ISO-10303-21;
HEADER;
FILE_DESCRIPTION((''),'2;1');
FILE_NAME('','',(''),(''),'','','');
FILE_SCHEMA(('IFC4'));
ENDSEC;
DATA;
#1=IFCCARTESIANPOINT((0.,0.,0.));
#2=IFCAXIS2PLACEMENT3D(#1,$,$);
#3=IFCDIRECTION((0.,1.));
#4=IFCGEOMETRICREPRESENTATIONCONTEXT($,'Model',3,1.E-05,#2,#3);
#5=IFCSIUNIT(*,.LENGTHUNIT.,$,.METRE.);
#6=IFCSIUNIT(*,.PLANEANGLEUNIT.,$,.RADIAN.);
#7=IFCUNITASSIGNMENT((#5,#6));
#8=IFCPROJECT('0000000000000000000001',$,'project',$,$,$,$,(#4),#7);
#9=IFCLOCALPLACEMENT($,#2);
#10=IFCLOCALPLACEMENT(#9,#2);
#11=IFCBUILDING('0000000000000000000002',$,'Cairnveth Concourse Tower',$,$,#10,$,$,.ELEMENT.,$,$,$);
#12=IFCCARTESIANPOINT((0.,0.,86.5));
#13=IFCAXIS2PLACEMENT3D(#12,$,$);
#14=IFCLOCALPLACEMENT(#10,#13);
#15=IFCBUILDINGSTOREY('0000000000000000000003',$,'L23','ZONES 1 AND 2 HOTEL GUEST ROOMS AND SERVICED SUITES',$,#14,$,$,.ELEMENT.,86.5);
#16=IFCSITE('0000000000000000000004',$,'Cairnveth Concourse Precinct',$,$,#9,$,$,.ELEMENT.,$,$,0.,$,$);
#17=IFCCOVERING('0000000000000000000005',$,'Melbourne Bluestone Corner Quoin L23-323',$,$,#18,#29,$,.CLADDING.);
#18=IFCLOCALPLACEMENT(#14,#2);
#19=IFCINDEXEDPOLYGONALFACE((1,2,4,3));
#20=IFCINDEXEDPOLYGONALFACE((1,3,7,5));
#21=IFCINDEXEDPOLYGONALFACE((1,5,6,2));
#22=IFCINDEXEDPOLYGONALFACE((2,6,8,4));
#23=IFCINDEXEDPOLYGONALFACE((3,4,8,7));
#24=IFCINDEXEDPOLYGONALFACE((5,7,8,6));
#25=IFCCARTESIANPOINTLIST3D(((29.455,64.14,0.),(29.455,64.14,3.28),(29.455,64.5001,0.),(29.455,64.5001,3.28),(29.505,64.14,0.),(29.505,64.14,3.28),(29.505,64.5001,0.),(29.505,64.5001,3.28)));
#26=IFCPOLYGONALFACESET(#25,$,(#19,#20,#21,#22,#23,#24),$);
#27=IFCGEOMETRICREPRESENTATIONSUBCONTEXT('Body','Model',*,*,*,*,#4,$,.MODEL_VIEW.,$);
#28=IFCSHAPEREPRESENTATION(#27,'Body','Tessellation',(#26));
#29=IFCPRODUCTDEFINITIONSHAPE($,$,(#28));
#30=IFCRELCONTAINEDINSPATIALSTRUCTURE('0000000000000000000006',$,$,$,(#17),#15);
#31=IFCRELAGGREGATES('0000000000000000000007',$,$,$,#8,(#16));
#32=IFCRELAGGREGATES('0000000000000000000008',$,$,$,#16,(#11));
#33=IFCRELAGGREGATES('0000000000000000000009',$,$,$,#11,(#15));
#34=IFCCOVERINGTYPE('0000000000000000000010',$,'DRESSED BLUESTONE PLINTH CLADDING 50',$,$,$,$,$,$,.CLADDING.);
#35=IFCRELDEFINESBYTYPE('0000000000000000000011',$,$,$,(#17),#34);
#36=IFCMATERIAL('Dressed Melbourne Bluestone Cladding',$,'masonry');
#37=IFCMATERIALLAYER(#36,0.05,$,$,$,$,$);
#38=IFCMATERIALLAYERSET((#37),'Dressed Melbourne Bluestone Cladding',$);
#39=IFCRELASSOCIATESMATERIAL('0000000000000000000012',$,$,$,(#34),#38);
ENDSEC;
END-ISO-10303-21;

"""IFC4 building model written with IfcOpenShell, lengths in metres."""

from ifc_helpers import new_model, si_unit, direction, frame, frame_2d, origin, place, context, subcontext, project, spatial, rectangle, extrude, material, layer, layer_set, type_object, element, save


model = new_model("IFC4")

# Units and contexts
model_context = context("Model", 3, precision=1e-05, world=origin(), true_north=direction((0.0, 1.0)))
body_context = subcontext(model_context, "Body", "Model", "MODEL_VIEW")
ifc_project = project(units=[si_unit("LENGTHUNIT", "METRE"), si_unit("PLANEANGLEUNIT", "RADIAN")], contexts=[model_context])

# Site, building, storey
site_placement = place(None, origin())
site = spatial("IfcSite", under=ifc_project, at=site_placement, Name="Cairnveth Concourse Precinct", CompositionType="ELEMENT", RefElevation=0.0)
building_placement = place(site_placement, origin())
building = spatial("IfcBuilding", under=site, at=building_placement, Name="Cairnveth Concourse Tower", CompositionType="ELEMENT")
storey_placement = place(building_placement, frame((0.0, 0.0, 86.5)))
storey = spatial("IfcBuildingStorey", under=building, at=storey_placement, Name="L23", Description="ZONES 1 AND 2 HOTEL GUEST ROOMS AND SERVICED SUITES", CompositionType="ELEMENT", Elevation=86.5)

# Covering
ifc_material_1 = material(Name="Dressed Melbourne Bluestone Cladding", Category="masonry")
ifc_layer_1 = layer(ifc_material_1, 0.05)
ifc_layer_set_1 = layer_set([ifc_layer_1], Name="Dressed Melbourne Bluestone Cladding")
covering_type = type_object("IfcCoveringType", Name="DRESSED BLUESTONE PLINTH CLADDING 50", PredefinedType="CLADDING", material=ifc_layer_set_1)
for number, where, z_axis, x_axis, name in (
    (1, (29.48, 64.1399, 0.0), (0.0, 0.0, 1.0), (0.0, 1.0, 0.0), "Melbourne Bluestone Corner Quoin L23-323"),
):
    element("IfcCovering", number, at=place(storey_placement, frame(where, z_axis=z_axis, x_axis=x_axis)), inside=storey, type_object=covering_type, Name=name, PredefinedType="CLADDING", context=body_context, shape_type="SweptSolid", body=[
        extrude(rectangle(XDim=0.3601, YDim=0.05, at=frame_2d((0.1802, 0.0))), origin(), (0.0, 0.0, 1.0), 3.28),
    ])

save(model, "model.ifc")
